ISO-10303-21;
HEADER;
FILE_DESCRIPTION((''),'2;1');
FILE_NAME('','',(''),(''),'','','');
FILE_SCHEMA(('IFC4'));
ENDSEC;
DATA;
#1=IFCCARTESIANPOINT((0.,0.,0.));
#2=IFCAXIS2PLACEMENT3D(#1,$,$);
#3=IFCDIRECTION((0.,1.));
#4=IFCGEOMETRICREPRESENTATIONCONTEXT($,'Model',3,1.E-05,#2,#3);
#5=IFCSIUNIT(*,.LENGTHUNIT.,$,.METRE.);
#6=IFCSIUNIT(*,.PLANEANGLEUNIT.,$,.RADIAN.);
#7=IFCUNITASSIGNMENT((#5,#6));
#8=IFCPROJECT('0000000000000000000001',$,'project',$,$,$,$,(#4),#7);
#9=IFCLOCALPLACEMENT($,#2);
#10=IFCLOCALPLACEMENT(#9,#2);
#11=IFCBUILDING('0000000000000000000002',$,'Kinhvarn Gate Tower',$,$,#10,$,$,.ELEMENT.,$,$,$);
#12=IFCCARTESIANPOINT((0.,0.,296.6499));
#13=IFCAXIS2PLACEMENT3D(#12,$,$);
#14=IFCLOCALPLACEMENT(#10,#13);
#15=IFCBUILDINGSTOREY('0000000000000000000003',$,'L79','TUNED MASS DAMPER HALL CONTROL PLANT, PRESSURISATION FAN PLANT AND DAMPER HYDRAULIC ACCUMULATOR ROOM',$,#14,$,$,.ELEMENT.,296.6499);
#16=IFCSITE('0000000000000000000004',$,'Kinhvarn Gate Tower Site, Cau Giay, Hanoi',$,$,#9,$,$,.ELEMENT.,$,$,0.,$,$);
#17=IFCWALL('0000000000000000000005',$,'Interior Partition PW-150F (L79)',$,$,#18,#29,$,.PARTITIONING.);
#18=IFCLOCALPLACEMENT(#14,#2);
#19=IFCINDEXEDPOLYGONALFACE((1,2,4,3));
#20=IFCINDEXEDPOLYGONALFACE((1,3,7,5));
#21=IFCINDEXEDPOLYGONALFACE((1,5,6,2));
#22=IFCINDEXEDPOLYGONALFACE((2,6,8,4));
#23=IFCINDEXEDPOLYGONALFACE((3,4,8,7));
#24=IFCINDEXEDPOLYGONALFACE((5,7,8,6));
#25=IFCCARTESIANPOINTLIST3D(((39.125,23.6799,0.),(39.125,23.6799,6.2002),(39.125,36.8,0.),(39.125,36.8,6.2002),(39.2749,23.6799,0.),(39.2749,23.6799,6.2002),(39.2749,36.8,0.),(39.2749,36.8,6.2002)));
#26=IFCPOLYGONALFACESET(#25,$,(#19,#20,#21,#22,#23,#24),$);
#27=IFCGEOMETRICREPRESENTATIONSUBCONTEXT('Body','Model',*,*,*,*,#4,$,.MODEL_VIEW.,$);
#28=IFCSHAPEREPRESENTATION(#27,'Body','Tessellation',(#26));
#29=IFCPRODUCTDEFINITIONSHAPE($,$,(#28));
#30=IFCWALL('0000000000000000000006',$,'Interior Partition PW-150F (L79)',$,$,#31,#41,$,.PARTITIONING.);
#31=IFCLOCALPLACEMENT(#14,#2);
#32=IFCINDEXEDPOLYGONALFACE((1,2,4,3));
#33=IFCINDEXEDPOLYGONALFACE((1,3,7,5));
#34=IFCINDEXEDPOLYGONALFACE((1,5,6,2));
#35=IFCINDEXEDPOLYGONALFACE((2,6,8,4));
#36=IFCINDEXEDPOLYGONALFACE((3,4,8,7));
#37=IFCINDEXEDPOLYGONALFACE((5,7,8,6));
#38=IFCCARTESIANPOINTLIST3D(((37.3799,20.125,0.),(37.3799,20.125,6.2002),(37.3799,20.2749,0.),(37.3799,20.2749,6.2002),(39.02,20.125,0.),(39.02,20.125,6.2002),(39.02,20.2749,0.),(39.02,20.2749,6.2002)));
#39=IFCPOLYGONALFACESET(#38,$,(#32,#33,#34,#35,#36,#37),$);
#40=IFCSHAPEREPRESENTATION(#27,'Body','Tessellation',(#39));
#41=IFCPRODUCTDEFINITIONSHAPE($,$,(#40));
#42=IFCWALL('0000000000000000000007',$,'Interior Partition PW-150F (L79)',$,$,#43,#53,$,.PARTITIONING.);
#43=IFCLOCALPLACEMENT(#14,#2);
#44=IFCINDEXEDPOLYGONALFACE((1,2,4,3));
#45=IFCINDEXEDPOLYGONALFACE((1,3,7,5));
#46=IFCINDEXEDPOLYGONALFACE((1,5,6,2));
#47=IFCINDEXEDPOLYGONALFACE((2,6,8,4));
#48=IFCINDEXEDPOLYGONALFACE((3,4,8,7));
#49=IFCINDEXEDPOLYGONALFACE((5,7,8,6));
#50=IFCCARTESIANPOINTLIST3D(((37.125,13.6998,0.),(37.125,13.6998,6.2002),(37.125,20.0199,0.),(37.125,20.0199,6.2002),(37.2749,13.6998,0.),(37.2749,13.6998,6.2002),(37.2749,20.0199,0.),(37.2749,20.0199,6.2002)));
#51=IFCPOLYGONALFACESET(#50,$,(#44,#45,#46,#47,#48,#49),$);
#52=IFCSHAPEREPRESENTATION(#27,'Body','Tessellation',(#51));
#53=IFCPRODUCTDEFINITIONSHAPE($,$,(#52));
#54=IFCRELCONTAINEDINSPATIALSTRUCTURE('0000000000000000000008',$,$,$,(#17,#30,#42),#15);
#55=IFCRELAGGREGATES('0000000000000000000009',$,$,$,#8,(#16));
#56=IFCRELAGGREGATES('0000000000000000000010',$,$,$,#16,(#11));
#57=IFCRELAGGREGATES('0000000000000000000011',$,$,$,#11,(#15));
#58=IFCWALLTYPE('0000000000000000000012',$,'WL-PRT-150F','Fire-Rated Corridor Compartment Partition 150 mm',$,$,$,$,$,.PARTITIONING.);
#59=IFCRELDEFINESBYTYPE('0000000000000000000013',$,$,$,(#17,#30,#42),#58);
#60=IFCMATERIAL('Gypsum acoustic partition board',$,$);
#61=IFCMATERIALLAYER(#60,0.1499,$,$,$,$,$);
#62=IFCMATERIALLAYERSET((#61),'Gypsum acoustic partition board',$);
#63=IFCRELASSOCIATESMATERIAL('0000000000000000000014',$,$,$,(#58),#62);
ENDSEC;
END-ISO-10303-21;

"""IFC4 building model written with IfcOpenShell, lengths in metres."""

from ifc_helpers import new_model, si_unit, direction, frame, frame_2d, origin, place, context, subcontext, project, spatial, rectangle, extrude, material, layer, layer_set, type_object, element, save


model = new_model("IFC4")

# Units and contexts
model_context = context("Model", 3, precision=1e-05, world=origin(), true_north=direction((0.0, 1.0)))
body_context = subcontext(model_context, "Body", "Model", "MODEL_VIEW")
ifc_project = project(units=[si_unit("LENGTHUNIT", "METRE"), si_unit("PLANEANGLEUNIT", "RADIAN")], contexts=[model_context])

# Site, building, storey
site_placement = place(None, origin())
site = spatial("IfcSite", under=ifc_project, at=site_placement, Name="Kinhvarn Gate Tower Site, Cau Giay, Hanoi", CompositionType="ELEMENT", RefElevation=0.0)
building_placement = place(site_placement, origin())
building = spatial("IfcBuilding", under=site, at=building_placement, Name="Kinhvarn Gate Tower", CompositionType="ELEMENT")
storey_placement = place(building_placement, frame((0.0, 0.0, 296.6499)))
storey = spatial("IfcBuildingStorey", under=building, at=storey_placement, Name="L79", Description="TUNED MASS DAMPER HALL CONTROL PLANT, PRESSURISATION FAN PLANT AND DAMPER HYDRAULIC ACCUMULATOR ROOM", CompositionType="ELEMENT", Elevation=296.6499)

# Shared definitions
ifc_material_1 = material(Name="Gypsum acoustic partition board")
ifc_layer_1 = layer(ifc_material_1, 0.1499)
ifc_layer_set_1 = layer_set([ifc_layer_1], Name="Gypsum acoustic partition board")
wall_type = type_object("IfcWallType", Name="WL-PRT-150F", Description="Fire-Rated Corridor Compartment Partition 150 mm", PredefinedType="PARTITIONING", material=ifc_layer_set_1)

# Walls
wall_1_placement = place(storey_placement, frame((39.2, 23.6799, 0.0), z_axis=(0.0, 0.0, 1.0), x_axis=(0.0, 1.0, 0.0)))
element("IfcWall", 1, at=wall_1_placement, inside=storey, type_object=wall_type, Name="Interior Partition PW-150F (L79)", PredefinedType="PARTITIONING", context=body_context, shape_type="SweptSolid", body=[
    extrude(rectangle(XDim=13.1201, YDim=0.1499, at=frame_2d((6.5601, 0.0))), origin(), (0.0, 0.0, 1.0), 6.2002),
])
wall_2_placement = place(storey_placement, frame((39.02, 20.2, 0.0), z_axis=(0.0, 0.0, 1.0), x_axis=(-1.0, 0.0, 0.0)))
element("IfcWall", 2, at=wall_2_placement, inside=storey, type_object=wall_type, Name="Interior Partition PW-150F (L79)", PredefinedType="PARTITIONING", context=body_context, shape_type="SweptSolid", body=[
    extrude(rectangle(XDim=1.6401, YDim=0.1499, at=frame_2d((0.8201, 0.0))), origin(), (0.0, 0.0, 1.0), 6.2002),
])
wall_3_placement = place(storey_placement, frame((37.2, 20.02, 0.0), z_axis=(0.0, 0.0, 1.0), x_axis=(0.0, -1.0, 0.0)))
element("IfcWall", 3, at=wall_3_placement, inside=storey, type_object=wall_type, Name="Interior Partition PW-150F (L79)", PredefinedType="PARTITIONING", context=body_context, shape_type="SweptSolid", body=[
    extrude(rectangle(XDim=6.3201, YDim=0.1499, at=frame_2d((3.1602, 0.0))), origin(), (0.0, 0.0, 1.0), 6.2002),
])

save(model, "model.ifc")
